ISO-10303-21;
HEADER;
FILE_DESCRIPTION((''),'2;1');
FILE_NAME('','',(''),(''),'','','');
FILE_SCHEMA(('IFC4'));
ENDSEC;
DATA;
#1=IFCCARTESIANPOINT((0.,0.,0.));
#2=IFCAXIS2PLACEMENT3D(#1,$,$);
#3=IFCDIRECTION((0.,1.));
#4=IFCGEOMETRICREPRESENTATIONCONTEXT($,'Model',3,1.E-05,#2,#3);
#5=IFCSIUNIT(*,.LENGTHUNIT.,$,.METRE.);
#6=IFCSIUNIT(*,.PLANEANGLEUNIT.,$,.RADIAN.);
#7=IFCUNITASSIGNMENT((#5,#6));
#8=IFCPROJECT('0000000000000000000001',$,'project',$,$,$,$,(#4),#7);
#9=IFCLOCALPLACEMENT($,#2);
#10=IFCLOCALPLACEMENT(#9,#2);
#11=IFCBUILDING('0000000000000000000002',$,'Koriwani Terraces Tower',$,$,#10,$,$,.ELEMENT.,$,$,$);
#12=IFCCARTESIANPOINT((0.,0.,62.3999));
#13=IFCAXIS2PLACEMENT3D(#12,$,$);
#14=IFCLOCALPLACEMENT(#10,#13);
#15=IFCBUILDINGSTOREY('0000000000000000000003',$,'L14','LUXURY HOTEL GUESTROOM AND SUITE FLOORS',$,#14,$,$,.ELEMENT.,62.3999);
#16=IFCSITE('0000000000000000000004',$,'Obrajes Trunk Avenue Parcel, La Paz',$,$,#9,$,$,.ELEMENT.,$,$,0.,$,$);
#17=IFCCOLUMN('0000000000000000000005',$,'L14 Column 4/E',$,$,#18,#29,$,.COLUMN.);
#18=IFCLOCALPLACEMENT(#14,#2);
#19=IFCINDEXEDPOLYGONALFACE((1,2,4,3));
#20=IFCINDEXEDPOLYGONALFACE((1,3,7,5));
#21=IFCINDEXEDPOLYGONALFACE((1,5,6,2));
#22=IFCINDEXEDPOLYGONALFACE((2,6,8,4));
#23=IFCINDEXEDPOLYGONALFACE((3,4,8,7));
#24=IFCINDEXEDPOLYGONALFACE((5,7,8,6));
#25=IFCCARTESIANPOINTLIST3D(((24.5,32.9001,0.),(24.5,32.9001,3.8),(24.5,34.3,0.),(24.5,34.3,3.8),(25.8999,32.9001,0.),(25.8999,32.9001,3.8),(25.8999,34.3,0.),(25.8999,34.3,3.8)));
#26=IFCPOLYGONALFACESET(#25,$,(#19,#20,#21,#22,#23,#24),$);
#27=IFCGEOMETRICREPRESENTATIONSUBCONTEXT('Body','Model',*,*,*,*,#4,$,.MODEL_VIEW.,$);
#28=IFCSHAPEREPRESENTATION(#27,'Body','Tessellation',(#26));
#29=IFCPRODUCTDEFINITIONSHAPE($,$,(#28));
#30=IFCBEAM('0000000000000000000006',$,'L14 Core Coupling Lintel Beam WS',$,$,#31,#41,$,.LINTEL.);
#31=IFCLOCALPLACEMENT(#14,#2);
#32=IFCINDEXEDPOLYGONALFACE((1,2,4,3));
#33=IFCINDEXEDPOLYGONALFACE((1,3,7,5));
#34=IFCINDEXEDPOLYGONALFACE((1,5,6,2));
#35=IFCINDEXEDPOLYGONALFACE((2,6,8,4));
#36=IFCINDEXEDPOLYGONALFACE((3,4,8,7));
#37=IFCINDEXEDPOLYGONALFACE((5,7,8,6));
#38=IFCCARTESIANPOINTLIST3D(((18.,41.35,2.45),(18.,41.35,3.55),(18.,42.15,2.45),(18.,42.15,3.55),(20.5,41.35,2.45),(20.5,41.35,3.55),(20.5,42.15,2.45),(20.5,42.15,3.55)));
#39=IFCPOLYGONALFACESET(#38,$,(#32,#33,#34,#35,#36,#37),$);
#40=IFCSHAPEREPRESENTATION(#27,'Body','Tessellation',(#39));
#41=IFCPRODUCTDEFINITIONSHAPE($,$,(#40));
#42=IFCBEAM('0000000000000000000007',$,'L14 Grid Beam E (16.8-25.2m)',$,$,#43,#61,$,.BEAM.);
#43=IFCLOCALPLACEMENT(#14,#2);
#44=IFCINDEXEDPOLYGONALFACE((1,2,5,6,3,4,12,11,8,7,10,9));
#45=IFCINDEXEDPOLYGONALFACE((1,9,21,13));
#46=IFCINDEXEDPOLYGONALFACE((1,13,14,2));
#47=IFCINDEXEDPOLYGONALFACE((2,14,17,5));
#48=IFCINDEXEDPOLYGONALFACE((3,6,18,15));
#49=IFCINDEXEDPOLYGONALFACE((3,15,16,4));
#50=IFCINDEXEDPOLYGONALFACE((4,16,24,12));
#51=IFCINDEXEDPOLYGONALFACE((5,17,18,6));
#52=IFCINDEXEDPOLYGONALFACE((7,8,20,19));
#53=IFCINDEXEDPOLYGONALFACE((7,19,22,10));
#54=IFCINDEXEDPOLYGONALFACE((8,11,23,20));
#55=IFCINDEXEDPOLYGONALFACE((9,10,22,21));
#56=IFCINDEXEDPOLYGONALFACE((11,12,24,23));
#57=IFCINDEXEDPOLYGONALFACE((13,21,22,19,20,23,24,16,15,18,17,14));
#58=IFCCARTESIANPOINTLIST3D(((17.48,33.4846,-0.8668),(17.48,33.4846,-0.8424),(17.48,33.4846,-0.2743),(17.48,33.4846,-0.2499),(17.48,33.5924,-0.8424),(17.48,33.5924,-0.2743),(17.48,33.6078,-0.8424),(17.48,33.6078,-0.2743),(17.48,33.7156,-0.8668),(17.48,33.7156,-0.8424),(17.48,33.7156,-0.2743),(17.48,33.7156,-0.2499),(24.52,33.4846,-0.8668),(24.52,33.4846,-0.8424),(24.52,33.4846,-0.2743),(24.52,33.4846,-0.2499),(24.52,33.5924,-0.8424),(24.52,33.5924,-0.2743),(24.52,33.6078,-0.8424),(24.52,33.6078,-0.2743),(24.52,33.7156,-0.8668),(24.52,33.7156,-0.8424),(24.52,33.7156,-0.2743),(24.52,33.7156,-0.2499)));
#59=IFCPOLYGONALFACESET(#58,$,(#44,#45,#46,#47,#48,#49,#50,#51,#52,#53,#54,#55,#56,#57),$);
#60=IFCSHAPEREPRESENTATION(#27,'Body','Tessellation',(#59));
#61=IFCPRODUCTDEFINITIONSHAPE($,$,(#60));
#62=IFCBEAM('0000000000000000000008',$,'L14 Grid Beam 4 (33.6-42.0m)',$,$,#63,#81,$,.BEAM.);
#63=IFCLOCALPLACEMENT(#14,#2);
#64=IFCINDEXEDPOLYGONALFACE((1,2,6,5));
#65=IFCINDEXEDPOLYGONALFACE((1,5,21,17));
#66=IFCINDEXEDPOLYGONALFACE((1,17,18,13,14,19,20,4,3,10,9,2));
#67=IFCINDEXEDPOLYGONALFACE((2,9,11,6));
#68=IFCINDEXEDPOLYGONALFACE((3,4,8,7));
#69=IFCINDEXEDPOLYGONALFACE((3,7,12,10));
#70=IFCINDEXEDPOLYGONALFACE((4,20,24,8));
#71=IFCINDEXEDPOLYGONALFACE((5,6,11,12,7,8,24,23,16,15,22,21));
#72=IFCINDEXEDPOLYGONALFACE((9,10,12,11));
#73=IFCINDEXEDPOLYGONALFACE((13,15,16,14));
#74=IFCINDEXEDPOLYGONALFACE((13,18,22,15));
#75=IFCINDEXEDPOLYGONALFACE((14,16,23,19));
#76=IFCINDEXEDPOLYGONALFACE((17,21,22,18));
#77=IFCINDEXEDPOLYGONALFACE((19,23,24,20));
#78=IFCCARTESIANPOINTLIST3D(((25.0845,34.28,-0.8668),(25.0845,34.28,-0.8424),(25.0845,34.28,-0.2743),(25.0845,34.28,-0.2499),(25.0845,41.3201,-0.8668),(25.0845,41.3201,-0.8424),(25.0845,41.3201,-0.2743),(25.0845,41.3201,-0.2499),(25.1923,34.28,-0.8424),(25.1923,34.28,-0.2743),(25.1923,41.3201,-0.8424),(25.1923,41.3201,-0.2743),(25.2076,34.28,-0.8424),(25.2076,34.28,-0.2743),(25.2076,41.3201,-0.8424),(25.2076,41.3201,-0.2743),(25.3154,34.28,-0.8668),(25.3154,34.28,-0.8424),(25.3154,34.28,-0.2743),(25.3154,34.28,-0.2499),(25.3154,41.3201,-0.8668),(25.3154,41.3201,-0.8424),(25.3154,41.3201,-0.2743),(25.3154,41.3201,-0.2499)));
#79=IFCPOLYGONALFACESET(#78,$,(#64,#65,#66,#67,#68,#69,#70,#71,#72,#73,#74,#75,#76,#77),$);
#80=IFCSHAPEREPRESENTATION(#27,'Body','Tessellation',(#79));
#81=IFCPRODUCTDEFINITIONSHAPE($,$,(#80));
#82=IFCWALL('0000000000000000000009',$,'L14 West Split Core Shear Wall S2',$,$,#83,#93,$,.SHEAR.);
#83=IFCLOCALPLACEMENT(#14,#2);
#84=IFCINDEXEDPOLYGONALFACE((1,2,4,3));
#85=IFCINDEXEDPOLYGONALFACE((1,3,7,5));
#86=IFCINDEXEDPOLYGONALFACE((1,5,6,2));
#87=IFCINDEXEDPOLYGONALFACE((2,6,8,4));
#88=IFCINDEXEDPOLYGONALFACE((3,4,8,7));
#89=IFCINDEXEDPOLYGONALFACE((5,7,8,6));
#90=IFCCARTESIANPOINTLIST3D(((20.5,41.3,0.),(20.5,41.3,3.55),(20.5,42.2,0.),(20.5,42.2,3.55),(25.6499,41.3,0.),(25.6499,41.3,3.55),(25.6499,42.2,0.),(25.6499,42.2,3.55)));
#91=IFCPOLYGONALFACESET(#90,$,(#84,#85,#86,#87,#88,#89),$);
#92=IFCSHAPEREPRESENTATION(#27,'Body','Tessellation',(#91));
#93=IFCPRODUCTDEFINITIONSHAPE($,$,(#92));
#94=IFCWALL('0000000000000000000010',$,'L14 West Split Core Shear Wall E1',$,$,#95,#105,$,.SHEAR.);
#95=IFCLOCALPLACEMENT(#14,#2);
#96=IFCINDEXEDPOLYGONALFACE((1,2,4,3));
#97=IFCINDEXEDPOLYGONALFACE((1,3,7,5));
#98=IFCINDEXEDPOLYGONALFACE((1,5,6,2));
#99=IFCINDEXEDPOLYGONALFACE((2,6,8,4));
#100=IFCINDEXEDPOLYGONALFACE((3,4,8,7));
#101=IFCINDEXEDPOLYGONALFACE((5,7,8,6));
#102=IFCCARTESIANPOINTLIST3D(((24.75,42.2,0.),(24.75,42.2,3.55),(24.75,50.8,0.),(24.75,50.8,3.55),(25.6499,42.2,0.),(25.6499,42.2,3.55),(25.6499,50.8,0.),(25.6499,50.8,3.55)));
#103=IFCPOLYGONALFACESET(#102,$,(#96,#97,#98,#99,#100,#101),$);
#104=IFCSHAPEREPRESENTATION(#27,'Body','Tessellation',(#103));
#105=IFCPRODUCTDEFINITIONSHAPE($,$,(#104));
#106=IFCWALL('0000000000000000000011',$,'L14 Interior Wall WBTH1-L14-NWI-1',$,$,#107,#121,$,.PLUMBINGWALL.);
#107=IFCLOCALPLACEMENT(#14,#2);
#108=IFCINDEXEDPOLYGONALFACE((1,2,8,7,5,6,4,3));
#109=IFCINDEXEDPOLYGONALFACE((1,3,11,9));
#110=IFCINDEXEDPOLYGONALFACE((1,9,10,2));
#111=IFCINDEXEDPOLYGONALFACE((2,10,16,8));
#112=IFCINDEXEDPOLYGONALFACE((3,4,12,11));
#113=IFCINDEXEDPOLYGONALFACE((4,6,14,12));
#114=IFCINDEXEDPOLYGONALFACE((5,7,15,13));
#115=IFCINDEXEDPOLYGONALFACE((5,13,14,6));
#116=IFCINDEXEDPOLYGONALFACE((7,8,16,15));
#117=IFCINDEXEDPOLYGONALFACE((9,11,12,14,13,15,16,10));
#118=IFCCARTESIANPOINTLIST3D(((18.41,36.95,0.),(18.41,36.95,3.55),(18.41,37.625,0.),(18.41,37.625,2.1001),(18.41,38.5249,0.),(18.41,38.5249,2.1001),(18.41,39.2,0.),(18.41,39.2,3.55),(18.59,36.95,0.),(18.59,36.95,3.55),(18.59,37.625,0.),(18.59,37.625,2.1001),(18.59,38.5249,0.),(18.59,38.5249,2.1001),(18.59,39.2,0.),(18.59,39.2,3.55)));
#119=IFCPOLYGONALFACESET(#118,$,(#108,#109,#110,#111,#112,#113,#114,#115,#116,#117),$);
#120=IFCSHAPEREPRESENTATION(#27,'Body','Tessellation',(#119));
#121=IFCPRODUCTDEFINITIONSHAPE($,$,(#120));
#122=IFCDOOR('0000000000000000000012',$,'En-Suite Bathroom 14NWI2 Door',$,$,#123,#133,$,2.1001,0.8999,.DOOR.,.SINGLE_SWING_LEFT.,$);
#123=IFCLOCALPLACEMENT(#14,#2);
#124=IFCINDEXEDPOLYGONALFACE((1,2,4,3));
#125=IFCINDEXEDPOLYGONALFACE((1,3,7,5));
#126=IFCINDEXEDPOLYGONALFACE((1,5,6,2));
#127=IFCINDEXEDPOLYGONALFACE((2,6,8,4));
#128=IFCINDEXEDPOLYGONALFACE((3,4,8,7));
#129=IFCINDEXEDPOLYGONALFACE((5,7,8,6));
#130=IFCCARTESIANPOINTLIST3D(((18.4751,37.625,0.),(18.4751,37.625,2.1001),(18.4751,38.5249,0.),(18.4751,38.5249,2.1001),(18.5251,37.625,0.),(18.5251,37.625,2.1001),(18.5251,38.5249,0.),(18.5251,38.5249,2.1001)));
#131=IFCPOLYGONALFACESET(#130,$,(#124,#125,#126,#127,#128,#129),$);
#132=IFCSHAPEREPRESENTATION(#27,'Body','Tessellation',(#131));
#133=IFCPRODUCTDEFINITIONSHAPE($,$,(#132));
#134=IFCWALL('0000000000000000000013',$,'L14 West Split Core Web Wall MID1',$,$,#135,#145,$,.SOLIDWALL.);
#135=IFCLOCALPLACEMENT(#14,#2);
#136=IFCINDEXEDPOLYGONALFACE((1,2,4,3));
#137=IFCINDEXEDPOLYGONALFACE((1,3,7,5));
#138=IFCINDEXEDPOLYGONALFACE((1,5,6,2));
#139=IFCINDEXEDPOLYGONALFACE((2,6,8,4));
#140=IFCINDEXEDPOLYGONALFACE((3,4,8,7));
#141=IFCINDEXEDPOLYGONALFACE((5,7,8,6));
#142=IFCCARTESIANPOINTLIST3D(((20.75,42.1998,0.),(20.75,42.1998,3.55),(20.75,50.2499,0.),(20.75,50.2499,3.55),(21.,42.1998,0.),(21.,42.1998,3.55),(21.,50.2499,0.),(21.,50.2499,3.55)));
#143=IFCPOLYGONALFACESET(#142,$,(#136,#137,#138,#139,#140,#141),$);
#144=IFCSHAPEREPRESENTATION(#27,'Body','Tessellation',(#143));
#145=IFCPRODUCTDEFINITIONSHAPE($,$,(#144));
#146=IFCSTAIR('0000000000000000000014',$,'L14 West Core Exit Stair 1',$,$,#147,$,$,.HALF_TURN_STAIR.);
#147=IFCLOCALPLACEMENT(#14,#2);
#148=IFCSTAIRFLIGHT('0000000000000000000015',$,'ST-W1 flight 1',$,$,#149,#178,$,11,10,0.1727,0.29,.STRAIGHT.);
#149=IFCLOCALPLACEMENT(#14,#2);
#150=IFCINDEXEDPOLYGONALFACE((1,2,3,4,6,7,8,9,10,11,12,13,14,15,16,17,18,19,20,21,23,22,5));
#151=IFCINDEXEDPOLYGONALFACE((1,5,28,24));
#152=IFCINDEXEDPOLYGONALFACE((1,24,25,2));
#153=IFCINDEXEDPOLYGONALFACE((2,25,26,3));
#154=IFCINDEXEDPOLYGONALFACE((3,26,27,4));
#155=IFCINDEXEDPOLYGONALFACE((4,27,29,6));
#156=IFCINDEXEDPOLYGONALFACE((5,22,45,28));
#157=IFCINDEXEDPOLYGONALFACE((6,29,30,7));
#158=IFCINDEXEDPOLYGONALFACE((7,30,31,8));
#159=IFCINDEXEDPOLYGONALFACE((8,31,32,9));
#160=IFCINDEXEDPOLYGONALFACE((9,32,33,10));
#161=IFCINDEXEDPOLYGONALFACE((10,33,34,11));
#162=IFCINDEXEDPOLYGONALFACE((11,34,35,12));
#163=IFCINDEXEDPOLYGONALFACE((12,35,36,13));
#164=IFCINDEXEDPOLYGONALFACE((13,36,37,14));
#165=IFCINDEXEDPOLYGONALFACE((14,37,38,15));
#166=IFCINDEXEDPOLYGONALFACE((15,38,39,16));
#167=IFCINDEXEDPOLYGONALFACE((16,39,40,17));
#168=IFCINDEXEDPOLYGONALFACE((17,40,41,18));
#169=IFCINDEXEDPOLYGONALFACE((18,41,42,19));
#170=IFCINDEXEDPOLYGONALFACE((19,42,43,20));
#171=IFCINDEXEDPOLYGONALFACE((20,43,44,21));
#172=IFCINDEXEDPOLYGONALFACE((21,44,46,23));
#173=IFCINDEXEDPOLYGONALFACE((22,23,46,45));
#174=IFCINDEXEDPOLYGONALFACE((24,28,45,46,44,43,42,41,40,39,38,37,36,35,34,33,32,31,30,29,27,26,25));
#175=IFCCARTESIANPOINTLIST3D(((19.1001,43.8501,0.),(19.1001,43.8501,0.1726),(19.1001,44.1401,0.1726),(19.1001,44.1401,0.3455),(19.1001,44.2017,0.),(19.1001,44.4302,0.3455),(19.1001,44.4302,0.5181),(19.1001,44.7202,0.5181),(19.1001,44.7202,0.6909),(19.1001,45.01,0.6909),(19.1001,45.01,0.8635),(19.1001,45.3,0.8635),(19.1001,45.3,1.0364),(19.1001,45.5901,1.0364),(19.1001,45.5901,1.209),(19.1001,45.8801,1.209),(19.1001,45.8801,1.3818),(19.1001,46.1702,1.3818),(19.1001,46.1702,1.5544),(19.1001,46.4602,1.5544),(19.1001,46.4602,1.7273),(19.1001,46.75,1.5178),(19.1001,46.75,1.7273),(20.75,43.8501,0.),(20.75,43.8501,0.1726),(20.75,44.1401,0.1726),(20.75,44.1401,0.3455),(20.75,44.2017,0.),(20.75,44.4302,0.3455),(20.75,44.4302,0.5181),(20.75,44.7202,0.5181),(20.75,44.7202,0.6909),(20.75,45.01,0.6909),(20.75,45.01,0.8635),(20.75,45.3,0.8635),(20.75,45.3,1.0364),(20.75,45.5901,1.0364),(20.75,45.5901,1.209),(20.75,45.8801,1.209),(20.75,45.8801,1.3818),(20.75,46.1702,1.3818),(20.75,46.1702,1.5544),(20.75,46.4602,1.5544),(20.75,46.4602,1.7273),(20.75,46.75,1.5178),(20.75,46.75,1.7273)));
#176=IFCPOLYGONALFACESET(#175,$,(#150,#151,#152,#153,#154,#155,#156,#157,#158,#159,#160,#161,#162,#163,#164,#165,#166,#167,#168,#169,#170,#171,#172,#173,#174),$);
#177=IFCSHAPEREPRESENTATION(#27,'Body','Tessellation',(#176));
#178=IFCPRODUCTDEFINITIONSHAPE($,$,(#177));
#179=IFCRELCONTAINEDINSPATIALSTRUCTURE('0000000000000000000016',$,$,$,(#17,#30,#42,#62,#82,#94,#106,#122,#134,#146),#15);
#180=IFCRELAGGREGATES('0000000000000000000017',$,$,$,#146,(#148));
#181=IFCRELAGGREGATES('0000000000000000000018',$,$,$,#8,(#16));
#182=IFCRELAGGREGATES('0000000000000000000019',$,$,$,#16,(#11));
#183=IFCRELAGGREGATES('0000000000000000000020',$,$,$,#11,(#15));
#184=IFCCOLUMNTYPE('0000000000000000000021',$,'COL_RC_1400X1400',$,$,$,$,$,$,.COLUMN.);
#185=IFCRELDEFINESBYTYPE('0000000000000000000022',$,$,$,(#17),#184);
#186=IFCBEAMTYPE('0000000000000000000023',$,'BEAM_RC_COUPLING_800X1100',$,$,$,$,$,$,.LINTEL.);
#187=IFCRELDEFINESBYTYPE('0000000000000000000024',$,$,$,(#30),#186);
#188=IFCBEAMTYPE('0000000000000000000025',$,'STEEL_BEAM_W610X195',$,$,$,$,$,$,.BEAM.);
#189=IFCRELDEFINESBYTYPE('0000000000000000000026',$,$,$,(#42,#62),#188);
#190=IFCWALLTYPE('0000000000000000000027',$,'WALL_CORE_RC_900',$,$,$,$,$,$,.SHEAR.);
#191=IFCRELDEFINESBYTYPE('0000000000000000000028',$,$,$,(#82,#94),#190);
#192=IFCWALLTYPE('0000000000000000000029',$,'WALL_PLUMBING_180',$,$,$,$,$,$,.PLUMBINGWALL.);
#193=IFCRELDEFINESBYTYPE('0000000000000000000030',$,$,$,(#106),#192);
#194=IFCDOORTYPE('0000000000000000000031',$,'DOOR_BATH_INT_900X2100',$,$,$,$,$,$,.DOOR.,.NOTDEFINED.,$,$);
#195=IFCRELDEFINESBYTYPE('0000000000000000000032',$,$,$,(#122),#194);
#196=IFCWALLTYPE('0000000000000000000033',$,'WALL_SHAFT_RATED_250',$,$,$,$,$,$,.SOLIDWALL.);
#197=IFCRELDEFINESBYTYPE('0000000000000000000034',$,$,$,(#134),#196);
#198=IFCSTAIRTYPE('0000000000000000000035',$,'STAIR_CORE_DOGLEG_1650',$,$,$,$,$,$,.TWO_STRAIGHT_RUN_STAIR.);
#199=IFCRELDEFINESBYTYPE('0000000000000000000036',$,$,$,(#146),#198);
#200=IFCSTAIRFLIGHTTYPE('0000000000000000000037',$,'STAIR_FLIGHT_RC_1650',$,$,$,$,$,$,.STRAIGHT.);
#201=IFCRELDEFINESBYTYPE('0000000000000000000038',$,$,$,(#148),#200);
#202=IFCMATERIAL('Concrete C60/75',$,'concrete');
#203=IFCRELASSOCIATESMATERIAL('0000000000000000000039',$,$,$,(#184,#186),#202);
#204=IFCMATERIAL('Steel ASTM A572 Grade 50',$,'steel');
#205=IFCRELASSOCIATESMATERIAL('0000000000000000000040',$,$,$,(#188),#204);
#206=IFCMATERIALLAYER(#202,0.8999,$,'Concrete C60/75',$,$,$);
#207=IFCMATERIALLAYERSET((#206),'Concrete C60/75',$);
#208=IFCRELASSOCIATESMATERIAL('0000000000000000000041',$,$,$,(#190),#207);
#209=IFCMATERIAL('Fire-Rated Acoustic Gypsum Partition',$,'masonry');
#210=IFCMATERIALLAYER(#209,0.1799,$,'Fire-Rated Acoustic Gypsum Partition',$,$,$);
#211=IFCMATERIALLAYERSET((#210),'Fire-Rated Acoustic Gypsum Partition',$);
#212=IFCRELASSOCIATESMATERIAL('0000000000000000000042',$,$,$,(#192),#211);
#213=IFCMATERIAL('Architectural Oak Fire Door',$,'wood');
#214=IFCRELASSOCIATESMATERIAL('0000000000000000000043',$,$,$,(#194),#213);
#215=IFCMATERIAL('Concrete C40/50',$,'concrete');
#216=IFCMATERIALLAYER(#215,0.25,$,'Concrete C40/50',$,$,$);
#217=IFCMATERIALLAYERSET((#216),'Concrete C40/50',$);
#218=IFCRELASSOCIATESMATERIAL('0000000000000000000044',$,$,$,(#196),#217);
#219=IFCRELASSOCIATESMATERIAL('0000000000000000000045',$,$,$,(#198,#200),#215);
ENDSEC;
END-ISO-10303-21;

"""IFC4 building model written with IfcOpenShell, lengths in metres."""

from ifc_helpers import new_model, si_unit, direction, frame, frame_2d, origin, origin_2d, place, context, subcontext, project, spatial, polyline, rectangle, i_section, outline, extrude, material, layer, layer_set, material_profile, profile_set, type_object, element, fill, aggregate, save


model = new_model("IFC4")

# Units and contexts
model_context = context("Model", 3, precision=1e-05, world=origin(), true_north=direction((0.0, 1.0)))
body_context = subcontext(model_context, "Body", "Model", "MODEL_VIEW")
ifc_project = project(units=[si_unit("LENGTHUNIT", "METRE"), si_unit("PLANEANGLEUNIT", "RADIAN")], contexts=[model_context])

# Site, building, storey
site_placement = place(None, origin())
site = spatial("IfcSite", under=ifc_project, at=site_placement, Name="Obrajes Trunk Avenue Parcel, La Paz", CompositionType="ELEMENT", RefElevation=0.0)
building_placement = place(site_placement, origin())
building = spatial("IfcBuilding", under=site, at=building_placement, Name="Koriwani Terraces Tower", CompositionType="ELEMENT")
storey_placement = place(building_placement, frame((0.0, 0.0, 62.3999)))
storey = spatial("IfcBuildingStorey", under=building, at=storey_placement, Name="L14", Description="LUXURY HOTEL GUESTROOM AND SUITE FLOORS", CompositionType="ELEMENT", Elevation=62.3999)

# Column
ifc_material_1 = material(Name="Concrete C60/75", Category="concrete")
ifc_material_profile_1 = material_profile(ifc_material_1, rectangle(XDim=1.3999, YDim=1.3999, at=origin_2d()), Name="Concrete C60/75", Category="LoadBearing")
ifc_profile_set_1 = profile_set([ifc_material_profile_1], Name="Concrete C60/75")
column_type = type_object("IfcColumnType", Name="COL_RC_1400X1400", PredefinedType="COLUMN", material=ifc_profile_set_1)
column_placement = place(storey_placement, frame((25.2, 33.6001, 0.0), z_axis=(0.0, 0.0, 1.0), x_axis=(1.0, 0.0, 0.0)))
element("IfcColumn", 1, at=column_placement, inside=storey, type_object=column_type, Name="L14 Column 4/E", PredefinedType="COLUMN", context=body_context, shape_type="SweptSolid", body=[
    extrude(rectangle(XDim=1.3999, YDim=1.3999, at=origin_2d()), origin(), (0.0, 0.0, 1.0), 3.8),
])

# Beams
ifc_material_profile_2 = material_profile(ifc_material_1, rectangle(XDim=0.8, YDim=1.1001, at=origin_2d()), Name="Concrete C60/75", Category="LoadBearing")
ifc_profile_set_2 = profile_set([ifc_material_profile_2], Name="Concrete C60/75")
beam_type_1 = type_object("IfcBeamType", Name="BEAM_RC_COUPLING_800X1100", PredefinedType="LINTEL", material=ifc_profile_set_2)
beam_placement = place(storey_placement, frame((18.0, 41.75, 3.0), z_axis=(1.0, 0.0, 0.0), x_axis=(0.0, 1.0, 0.0)))
element("IfcBeam", 2, at=beam_placement, inside=storey, type_object=beam_type_1, Name="L14 Core Coupling Lintel Beam WS", PredefinedType="LINTEL", context=body_context, shape_type="SweptSolid", body=[
    extrude(rectangle(XDim=0.8, YDim=1.1001, at=origin_2d()), origin(), (0.0, 0.0, 1.0), 2.5),
])
ifc_material_2 = material(Name="Steel ASTM A572 Grade 50", Category="steel")
ifc_material_profile_3 = material_profile(ifc_material_2, i_section(OverallWidth=0.231, OverallDepth=0.6169, WebThickness=0.0154, FlangeThickness=0.0244, at=origin_2d()), Name="Steel ASTM A572 Grade 50", Category="LoadBearing")
ifc_profile_set_3 = profile_set([ifc_material_profile_3], Name="Steel ASTM A572 Grade 50")
beam_type_2 = type_object("IfcBeamType", Name="STEEL_BEAM_W610X195", PredefinedType="BEAM", material=ifc_profile_set_3)
for number, where, z_axis, x_axis, name in (
    (3, (17.48, 33.6001, -0.5583), (1.0, 0.0, 0.0), (0.0, 1.0, 0.0), "L14 Grid Beam E (16.8-25.2m)"),
    (4, (25.2, 34.28, -0.5583), (0.0, 1.0, 0.0), (-1.0, 0.0, 0.0), "L14 Grid Beam 4 (33.6-42.0m)"),
):
    element("IfcBeam", number, at=place(storey_placement, frame(where, z_axis=z_axis, x_axis=x_axis)), inside=storey, type_object=beam_type_2, Name=name, PredefinedType="BEAM", context=body_context, shape_type="SweptSolid", body=[
        extrude(i_section(OverallWidth=0.231, OverallDepth=0.6169, WebThickness=0.0154, FlangeThickness=0.0244, at=origin_2d()), origin(), (0.0, 0.0, 1.0), 7.04),
    ])

# Walls
ifc_layer_1 = layer(ifc_material_1, 0.8999, Name="Concrete C60/75")
ifc_layer_set_1 = layer_set([ifc_layer_1], Name="Concrete C60/75")
wall_type_1 = type_object("IfcWallType", Name="WALL_CORE_RC_900", PredefinedType="SHEAR", material=ifc_layer_set_1)
wall_1_placement = place(storey_placement, frame((20.5, 41.75, 0.0), z_axis=(0.0, 0.0, 1.0), x_axis=(1.0, 0.0, 0.0)))
element("IfcWall", 5, at=wall_1_placement, inside=storey, type_object=wall_type_1, Name="L14 West Split Core Shear Wall S2", PredefinedType="SHEAR", context=body_context, shape_type="SweptSolid", body=[
    extrude(rectangle(XDim=5.1499, YDim=0.8999, at=frame_2d((2.575, 0.0))), origin(), (0.0, 0.0, 1.0), 3.55),
])
wall_2_placement = place(storey_placement, frame((25.2, 42.2, 0.0), z_axis=(0.0, 0.0, 1.0), x_axis=(0.0, 1.0, 0.0)))
element("IfcWall", 6, at=wall_2_placement, inside=storey, type_object=wall_type_1, Name="L14 West Split Core Shear Wall E1", PredefinedType="SHEAR", context=body_context, shape_type="SweptSolid", body=[
    extrude(rectangle(XDim=8.6001, YDim=0.8999, at=frame_2d((4.3, 0.0))), origin(), (0.0, 0.0, 1.0), 3.55),
])

# Wall, opening, door
ifc_material_3 = material(Name="Fire-Rated Acoustic Gypsum Partition", Category="masonry")
ifc_layer_2 = layer(ifc_material_3, 0.1799, Name="Fire-Rated Acoustic Gypsum Partition")
ifc_layer_set_2 = layer_set([ifc_layer_2], Name="Fire-Rated Acoustic Gypsum Partition")
wall_type_2 = type_object("IfcWallType", Name="WALL_PLUMBING_180", PredefinedType="PLUMBINGWALL", material=ifc_layer_set_2)
wall_3_placement = place(storey_placement, frame((18.5, 36.95, 0.0), z_axis=(0.0, 0.0, 1.0), x_axis=(0.0, 1.0, 0.0)))
wall_3 = element("IfcWall", 7, at=wall_3_placement, inside=storey, type_object=wall_type_2, Name="L14 Interior Wall WBTH1-L14-NWI-1", PredefinedType="PLUMBINGWALL", context=body_context, shape_type="SweptSolid", body=[
    extrude(rectangle(XDim=2.25, YDim=0.1799, at=frame_2d((1.125, 0.0))), origin(), (0.0, 0.0, 1.0), 3.55),
])
opening_1_placement = place(wall_3_placement, frame((0.675, 0.0, 0.0)))
opening_1 = element("IfcOpeningElement", 8, at=opening_1_placement, cuts=wall_3, PredefinedType="OPENING", context=body_context, shape_type="SweptSolid", body=[
    extrude(rectangle(XDim=0.8999, YDim=2.1001, at=frame_2d((0.45, 1.05))), frame((0.0, 0.1001, 0.0), z_axis=(0.0, -1.0, 0.0), x_axis=(1.0, 0.0, 0.0)), (0.0, 0.0, 1.0), 0.2),
])
ifc_material_4 = material(Name="Architectural Oak Fire Door", Category="wood")
door_type_1 = type_object("IfcDoorType", Name="DOOR_BATH_INT_900X2100", OperationType="NOTDEFINED", PredefinedType="DOOR", material=ifc_material_4)
door_1_placement = place(opening_1_placement, origin())
door_1 = element("IfcDoor", 9, at=door_1_placement, inside=storey, type_object=door_type_1, Name="En-Suite Bathroom 14NWI2 Door", OperationType="SINGLE_SWING_LEFT", OverallHeight=2.1001, OverallWidth=0.8999, PredefinedType="DOOR", context=body_context, shape_type="SweptSolid", body=[
    extrude(rectangle(XDim=0.8999, YDim=2.1001, at=frame_2d((0.45, 1.05))), frame((0.0, 0.0249, 0.0), z_axis=(0.0, -1.0, 0.0), x_axis=(1.0, 0.0, 0.0)), (0.0, 0.0, 1.0), 0.05),
])
fill(opening_1, door_1)

# Wall
ifc_material_5 = material(Name="Concrete C40/50", Category="concrete")
ifc_layer_3 = layer(ifc_material_5, 0.25, Name="Concrete C40/50")
ifc_layer_set_3 = layer_set([ifc_layer_3], Name="Concrete C40/50")
wall_type_3 = type_object("IfcWallType", Name="WALL_SHAFT_RATED_250", PredefinedType="SOLIDWALL", material=ifc_layer_set_3)
wall_4_placement = place(storey_placement, frame((20.875, 42.2, 0.0), z_axis=(0.0, 0.0, 1.0), x_axis=(0.0, 1.0, 0.0)))
element("IfcWall", 10, at=wall_4_placement, inside=storey, type_object=wall_type_3, Name="L14 West Split Core Web Wall MID1", PredefinedType="SOLIDWALL", context=body_context, shape_type="SweptSolid", body=[
    extrude(rectangle(XDim=8.05, YDim=0.25, at=frame_2d((4.0249, 0.0))), origin(), (0.0, 0.0, 1.0), 3.55),
])

# Stair, stair flight
stair_type = type_object("IfcStairType", Name="STAIR_CORE_DOGLEG_1650", PredefinedType="TWO_STRAIGHT_RUN_STAIR", material=ifc_material_5)
stair_placement = place(storey_placement, origin())
stair = element("IfcStair", 11, at=stair_placement, inside=storey, type_object=stair_type, Name="L14 West Core Exit Stair 1", PredefinedType="HALF_TURN_STAIR")
stair_flight_type = type_object("IfcStairFlightType", Name="STAIR_FLIGHT_RC_1650", PredefinedType="STRAIGHT", material=ifc_material_5)
stair_flight_1_placement = place(storey_placement, frame((19.925, 43.8501, 0.0), z_axis=(0.0, 0.0, 1.0), x_axis=(0.0, 1.0, 0.0)))
stair_flight_1 = element("IfcStairFlight", 12, at=stair_flight_1_placement, type_object=stair_flight_type, Name="ST-W1 flight 1", NumberOfRisers=11, NumberOfTreads=10, PredefinedType="STRAIGHT", RiserHeight=0.1727, TreadLength=0.29, context=body_context, shape_type="SweptSolid", body=[
    extrude(outline(polyline([(0.0, 0.0), (0.0, 0.1726), (0.29, 0.1726), (0.29, 0.3455), (0.5801, 0.3455), (0.5801, 0.5181), (0.8701, 0.5181), (0.8701, 0.6909), (1.1599, 0.6909), (1.1599, 0.8635), (1.45, 0.8635), (1.45, 1.0364), (1.74, 1.0364), (1.74, 1.209), (2.03, 1.209), (2.03, 1.3818), (2.3201, 1.3818), (2.3201, 1.5544), (2.6101, 1.5544), (2.6101, 1.7273), (2.8999, 1.7273), (2.8999, 1.8999), (2.8999, 1.5178), (0.3516, 0.0), (0.0, 0.0)])), frame((0.0, 0.825, 0.0), z_axis=(0.0, -1.0, 0.0), x_axis=(1.0, 0.0, 0.0)), (0.0, 0.0, 1.0), 1.6499),
])
aggregate(stair, [stair_flight_1])

save(model, "model.ifc")
